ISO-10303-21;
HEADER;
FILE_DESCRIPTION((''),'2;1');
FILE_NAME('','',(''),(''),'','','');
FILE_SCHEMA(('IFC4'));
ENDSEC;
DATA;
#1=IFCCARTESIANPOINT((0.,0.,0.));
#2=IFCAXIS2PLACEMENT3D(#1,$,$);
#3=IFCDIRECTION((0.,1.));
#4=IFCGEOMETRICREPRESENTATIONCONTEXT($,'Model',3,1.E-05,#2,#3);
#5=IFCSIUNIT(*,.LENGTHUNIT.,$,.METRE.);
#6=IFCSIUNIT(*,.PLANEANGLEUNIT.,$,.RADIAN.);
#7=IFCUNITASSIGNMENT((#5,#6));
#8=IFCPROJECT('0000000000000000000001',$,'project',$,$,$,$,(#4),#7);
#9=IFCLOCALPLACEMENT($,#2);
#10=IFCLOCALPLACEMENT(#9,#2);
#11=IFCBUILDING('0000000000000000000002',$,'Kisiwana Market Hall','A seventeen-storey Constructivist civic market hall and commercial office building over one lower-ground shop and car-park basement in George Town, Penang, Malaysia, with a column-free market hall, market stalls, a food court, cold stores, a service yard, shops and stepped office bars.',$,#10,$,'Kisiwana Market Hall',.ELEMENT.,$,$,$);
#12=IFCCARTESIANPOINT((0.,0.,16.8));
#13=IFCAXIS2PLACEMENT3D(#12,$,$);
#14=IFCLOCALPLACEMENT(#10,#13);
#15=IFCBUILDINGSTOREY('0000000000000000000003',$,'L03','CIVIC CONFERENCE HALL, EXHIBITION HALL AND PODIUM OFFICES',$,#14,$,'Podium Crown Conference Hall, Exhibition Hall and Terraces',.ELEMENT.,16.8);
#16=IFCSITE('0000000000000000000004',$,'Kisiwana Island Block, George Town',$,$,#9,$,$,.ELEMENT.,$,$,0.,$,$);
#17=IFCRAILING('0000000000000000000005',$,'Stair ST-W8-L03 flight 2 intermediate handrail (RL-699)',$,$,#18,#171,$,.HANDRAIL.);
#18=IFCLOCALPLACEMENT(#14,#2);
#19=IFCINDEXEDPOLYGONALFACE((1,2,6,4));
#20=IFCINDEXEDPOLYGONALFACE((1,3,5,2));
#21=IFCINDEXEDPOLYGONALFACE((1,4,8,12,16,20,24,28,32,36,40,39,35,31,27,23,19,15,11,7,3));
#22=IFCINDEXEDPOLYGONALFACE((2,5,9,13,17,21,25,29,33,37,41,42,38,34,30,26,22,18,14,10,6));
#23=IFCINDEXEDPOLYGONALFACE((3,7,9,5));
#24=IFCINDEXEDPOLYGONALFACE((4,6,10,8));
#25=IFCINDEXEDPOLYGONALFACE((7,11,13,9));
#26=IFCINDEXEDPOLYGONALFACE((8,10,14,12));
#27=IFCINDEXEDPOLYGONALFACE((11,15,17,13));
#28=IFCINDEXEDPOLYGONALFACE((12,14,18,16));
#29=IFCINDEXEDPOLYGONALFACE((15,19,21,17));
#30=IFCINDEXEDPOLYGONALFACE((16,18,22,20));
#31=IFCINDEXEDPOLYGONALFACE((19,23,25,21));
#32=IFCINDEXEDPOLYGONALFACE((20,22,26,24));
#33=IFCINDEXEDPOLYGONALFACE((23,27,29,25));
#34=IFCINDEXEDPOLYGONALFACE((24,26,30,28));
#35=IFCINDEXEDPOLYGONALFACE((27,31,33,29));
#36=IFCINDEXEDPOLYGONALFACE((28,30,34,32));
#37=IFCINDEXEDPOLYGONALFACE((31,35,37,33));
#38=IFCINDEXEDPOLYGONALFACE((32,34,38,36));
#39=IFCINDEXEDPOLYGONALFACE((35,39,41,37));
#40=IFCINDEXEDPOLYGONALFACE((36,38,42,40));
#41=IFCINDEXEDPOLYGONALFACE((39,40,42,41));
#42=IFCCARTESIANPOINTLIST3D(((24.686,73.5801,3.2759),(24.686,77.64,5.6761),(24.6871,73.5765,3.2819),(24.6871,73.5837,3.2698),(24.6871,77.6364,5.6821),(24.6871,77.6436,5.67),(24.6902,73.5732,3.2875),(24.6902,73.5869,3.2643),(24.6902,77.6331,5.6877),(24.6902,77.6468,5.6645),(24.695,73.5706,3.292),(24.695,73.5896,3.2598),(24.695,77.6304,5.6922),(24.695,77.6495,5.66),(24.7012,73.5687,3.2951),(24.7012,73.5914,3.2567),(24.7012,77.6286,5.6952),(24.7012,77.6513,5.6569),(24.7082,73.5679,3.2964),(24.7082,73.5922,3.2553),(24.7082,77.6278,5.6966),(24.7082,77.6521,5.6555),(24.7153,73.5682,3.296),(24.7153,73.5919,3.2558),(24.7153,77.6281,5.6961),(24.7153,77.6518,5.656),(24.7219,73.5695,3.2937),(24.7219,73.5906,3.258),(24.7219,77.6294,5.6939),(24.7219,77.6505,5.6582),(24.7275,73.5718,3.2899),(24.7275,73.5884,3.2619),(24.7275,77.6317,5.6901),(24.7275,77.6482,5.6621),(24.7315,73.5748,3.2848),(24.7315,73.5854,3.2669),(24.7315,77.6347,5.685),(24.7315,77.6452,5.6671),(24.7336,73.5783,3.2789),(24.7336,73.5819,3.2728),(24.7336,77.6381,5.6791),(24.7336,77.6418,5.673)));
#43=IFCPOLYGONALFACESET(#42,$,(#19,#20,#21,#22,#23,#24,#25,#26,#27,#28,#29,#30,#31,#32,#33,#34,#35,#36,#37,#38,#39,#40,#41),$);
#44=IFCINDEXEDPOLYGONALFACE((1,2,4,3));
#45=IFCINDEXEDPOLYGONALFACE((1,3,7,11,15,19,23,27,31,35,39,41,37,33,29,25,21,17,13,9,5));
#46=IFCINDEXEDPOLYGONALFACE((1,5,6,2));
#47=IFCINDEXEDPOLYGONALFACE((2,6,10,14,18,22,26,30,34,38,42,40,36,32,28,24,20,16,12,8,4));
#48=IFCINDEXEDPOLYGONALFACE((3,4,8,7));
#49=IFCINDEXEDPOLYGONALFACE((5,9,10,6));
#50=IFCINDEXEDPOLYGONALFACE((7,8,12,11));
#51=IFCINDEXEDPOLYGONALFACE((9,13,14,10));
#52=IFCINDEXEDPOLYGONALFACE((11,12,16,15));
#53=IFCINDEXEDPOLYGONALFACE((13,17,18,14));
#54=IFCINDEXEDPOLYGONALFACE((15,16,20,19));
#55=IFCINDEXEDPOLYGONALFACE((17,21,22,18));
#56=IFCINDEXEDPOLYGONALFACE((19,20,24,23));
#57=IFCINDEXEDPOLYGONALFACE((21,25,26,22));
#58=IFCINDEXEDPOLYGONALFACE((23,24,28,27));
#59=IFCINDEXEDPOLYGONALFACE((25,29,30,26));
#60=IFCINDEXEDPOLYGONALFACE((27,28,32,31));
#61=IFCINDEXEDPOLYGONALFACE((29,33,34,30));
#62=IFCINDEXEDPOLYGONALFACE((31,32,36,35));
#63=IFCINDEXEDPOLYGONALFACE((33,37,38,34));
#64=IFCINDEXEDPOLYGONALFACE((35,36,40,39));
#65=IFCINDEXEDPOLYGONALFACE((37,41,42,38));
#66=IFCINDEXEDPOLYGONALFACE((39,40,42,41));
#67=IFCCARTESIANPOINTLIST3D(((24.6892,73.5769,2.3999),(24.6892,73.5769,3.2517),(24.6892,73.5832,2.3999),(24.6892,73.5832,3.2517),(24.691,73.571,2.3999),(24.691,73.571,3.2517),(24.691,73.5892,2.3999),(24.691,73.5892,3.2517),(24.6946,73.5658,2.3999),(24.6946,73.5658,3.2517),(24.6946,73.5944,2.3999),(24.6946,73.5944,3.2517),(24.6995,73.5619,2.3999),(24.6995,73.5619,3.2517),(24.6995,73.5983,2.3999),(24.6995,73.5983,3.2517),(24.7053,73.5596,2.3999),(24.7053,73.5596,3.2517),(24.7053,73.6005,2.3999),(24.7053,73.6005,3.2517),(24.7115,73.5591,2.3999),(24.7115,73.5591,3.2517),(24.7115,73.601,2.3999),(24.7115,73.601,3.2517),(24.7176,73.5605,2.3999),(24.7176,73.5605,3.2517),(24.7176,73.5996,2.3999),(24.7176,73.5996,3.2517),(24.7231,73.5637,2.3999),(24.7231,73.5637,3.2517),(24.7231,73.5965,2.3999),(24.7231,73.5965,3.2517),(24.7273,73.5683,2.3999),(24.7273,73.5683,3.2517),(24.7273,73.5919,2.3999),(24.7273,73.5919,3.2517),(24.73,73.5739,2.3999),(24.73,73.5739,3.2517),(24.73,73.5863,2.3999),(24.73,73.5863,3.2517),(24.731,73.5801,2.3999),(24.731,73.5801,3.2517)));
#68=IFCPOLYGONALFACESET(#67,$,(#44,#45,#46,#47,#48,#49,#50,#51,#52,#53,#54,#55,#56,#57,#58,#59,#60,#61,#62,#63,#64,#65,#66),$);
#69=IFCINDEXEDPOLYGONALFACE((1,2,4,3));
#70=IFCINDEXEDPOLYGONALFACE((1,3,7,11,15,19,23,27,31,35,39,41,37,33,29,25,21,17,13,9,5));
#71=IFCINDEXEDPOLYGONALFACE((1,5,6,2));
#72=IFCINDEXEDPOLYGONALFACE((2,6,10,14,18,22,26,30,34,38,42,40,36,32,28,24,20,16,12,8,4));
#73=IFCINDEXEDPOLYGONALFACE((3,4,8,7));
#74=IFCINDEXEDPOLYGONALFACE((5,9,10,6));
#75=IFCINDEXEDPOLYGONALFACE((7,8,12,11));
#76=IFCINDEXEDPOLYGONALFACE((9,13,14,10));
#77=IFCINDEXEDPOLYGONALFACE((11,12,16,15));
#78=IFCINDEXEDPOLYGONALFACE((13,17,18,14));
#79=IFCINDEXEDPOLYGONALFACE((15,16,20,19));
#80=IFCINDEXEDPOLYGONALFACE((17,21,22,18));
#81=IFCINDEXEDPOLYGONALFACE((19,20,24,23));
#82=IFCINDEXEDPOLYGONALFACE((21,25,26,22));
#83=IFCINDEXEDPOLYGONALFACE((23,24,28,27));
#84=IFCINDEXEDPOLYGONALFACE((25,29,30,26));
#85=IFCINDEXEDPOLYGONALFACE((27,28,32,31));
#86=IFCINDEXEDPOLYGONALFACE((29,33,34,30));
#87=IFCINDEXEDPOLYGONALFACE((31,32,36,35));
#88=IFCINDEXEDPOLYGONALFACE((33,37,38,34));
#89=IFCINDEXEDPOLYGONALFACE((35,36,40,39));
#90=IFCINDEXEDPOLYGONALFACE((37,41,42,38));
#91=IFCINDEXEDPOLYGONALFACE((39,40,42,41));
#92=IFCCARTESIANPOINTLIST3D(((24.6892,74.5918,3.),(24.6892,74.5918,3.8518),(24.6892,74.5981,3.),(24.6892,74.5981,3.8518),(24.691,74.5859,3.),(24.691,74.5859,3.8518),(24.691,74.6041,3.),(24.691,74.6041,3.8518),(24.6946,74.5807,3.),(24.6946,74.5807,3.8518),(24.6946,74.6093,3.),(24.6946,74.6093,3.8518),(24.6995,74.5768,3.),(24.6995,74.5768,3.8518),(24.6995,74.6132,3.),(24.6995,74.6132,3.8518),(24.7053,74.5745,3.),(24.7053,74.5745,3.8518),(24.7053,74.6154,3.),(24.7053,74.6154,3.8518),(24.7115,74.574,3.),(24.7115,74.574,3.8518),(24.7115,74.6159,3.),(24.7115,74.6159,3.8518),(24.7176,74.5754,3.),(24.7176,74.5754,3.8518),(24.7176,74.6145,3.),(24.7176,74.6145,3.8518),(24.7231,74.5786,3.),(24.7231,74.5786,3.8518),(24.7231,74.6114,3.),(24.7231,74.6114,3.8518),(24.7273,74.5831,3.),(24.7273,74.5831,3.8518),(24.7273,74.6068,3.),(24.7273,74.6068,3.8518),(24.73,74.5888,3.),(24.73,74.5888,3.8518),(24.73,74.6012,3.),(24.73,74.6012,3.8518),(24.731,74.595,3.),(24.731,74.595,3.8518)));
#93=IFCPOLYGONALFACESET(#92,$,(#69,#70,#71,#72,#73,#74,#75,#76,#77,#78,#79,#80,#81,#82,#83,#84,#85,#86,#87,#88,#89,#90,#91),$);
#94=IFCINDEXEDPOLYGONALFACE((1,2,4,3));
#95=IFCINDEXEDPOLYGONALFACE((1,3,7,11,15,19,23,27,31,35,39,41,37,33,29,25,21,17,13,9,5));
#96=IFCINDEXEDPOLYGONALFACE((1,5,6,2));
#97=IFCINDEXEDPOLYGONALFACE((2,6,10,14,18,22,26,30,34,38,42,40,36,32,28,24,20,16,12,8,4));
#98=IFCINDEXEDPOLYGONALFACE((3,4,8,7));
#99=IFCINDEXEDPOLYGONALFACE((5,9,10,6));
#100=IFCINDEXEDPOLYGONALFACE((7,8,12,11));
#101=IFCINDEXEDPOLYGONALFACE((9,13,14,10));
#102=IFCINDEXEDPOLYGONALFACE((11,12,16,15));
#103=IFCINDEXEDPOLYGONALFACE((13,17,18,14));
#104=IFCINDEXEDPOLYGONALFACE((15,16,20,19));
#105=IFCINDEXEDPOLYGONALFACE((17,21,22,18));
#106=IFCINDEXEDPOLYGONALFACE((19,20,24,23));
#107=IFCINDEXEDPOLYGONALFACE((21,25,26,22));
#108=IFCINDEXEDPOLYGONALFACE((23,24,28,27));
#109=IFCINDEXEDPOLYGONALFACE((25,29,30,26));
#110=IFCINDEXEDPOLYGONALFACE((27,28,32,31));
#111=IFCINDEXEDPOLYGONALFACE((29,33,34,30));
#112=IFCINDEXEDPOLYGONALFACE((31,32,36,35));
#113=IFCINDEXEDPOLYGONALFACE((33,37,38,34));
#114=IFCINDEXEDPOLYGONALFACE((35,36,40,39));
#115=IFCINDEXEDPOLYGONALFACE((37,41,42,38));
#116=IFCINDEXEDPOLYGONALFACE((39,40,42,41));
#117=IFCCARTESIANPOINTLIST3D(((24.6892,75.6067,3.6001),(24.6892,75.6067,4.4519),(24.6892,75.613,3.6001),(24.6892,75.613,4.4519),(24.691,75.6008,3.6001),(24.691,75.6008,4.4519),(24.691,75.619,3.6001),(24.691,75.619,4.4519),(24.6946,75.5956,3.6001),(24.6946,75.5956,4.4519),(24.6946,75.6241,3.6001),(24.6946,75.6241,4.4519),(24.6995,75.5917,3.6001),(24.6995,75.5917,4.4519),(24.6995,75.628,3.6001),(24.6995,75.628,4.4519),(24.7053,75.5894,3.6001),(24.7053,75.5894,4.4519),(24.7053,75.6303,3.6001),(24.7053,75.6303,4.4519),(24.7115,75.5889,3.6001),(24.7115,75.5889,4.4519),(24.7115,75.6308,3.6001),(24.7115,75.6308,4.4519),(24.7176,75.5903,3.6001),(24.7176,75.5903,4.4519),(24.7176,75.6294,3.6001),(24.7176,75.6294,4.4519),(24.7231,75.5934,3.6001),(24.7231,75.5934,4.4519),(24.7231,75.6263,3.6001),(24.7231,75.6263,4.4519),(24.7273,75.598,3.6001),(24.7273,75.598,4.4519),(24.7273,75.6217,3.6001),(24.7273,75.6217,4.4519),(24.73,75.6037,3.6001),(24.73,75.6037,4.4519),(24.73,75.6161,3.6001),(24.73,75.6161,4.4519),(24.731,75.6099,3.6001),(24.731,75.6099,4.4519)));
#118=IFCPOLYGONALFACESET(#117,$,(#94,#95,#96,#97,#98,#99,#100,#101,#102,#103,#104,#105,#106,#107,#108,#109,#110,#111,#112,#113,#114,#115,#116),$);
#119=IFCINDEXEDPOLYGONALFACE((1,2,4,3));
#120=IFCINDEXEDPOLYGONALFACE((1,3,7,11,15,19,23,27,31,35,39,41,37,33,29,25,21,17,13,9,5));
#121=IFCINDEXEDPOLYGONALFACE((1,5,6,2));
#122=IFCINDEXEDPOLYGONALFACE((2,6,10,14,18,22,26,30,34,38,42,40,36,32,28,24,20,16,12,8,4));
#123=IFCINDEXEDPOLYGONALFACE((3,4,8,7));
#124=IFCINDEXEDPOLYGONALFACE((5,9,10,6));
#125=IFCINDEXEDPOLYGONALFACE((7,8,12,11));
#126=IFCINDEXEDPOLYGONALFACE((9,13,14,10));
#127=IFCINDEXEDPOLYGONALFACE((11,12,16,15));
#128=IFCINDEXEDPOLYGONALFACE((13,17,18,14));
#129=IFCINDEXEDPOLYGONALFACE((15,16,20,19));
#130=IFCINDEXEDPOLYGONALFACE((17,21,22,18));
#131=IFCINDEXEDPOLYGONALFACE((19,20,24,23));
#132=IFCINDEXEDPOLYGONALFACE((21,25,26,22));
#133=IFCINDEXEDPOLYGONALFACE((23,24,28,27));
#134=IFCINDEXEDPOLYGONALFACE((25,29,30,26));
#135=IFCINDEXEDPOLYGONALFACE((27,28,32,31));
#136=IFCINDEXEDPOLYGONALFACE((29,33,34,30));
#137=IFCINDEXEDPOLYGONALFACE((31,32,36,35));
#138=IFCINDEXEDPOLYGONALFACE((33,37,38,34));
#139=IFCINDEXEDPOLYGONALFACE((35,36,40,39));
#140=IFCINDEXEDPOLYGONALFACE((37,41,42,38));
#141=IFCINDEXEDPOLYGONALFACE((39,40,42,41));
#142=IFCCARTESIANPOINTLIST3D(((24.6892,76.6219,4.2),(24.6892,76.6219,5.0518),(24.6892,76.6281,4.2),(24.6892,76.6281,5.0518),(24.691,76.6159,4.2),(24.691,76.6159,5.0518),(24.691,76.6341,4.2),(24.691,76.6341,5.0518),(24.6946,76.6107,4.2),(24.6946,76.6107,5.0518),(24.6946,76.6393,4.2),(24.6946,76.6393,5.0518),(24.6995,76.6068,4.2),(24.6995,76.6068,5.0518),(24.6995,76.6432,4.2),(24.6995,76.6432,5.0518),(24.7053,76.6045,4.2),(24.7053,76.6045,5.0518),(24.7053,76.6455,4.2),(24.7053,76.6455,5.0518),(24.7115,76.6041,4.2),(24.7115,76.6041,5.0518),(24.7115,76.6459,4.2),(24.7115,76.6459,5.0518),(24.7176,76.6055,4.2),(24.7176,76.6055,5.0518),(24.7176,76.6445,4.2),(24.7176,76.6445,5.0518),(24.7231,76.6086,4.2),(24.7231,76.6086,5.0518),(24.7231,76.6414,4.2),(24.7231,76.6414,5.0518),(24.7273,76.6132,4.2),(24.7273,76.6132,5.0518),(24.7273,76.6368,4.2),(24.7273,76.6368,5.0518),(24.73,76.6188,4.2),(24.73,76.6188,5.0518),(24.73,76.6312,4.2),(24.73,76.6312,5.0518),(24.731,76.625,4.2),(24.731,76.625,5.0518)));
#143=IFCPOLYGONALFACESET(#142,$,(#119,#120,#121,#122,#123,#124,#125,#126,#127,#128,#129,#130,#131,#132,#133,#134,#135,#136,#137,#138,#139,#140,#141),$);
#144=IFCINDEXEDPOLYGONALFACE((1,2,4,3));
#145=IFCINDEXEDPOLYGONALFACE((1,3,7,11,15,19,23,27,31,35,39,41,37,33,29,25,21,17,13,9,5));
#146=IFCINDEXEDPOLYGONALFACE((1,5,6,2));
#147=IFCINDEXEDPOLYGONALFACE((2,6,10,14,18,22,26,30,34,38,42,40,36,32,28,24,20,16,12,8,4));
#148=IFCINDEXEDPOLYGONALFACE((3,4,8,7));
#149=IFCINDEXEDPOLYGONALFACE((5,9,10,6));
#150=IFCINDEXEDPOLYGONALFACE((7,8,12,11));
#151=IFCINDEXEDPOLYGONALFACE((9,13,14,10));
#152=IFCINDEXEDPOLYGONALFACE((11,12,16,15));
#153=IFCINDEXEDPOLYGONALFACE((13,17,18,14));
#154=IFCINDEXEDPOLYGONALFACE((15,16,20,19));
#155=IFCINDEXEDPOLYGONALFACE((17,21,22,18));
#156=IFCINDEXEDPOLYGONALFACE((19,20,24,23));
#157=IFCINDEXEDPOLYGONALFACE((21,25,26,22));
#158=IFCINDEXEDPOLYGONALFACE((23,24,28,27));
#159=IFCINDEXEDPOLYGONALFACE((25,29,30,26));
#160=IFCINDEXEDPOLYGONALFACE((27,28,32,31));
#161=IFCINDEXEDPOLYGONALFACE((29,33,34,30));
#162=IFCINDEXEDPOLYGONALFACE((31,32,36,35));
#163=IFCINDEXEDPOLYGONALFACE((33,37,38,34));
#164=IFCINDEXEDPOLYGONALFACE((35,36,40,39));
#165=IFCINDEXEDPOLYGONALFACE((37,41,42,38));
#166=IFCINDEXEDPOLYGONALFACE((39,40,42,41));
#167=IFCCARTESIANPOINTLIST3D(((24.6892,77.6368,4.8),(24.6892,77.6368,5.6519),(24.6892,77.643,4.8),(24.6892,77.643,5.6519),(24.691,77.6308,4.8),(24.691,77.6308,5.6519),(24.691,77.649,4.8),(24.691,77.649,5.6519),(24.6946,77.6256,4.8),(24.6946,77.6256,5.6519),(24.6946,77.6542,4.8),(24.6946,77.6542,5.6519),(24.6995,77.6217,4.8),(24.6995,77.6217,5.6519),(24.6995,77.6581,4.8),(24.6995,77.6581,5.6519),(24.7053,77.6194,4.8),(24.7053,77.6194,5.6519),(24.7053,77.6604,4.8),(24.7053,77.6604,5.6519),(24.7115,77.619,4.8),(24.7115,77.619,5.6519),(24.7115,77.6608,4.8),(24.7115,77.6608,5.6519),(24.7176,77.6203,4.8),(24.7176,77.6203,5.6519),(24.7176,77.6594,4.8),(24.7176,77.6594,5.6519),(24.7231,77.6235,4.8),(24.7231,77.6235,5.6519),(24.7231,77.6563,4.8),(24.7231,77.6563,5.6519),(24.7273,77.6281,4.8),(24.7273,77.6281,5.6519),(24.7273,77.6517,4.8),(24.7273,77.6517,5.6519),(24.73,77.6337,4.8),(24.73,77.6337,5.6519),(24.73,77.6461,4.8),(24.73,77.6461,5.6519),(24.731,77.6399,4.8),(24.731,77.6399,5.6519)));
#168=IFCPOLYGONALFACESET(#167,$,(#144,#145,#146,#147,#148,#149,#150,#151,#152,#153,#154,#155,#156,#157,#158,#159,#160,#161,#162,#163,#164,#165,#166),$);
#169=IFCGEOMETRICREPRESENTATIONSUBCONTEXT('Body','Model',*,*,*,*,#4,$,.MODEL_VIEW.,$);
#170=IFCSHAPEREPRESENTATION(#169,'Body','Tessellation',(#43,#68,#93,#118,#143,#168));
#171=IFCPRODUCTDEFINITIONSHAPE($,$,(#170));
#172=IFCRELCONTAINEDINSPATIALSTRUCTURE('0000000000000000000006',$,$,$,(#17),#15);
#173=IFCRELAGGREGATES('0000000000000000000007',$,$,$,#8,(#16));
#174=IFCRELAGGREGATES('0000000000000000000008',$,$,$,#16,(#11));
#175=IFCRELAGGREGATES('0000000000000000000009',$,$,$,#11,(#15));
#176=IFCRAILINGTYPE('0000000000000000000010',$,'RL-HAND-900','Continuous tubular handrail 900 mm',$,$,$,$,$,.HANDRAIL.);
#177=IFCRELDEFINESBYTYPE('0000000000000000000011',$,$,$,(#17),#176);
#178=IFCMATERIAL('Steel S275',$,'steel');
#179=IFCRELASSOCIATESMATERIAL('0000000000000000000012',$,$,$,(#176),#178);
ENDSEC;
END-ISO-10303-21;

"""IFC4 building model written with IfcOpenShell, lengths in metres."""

from ifc_helpers import new_model, si_unit, direction, frame, origin, origin_2d, place, context, subcontext, project, spatial, circle, extrude, material, type_object, element, save


model = new_model("IFC4")

# Units and contexts
model_context = context("Model", 3, precision=1e-05, world=origin(), true_north=direction((0.0, 1.0)))
body_context = subcontext(model_context, "Body", "Model", "MODEL_VIEW")
ifc_project = project(units=[si_unit("LENGTHUNIT", "METRE"), si_unit("PLANEANGLEUNIT", "RADIAN")], contexts=[model_context])

# Site, building, storey
site_placement = place(None, origin())
site = spatial("IfcSite", under=ifc_project, at=site_placement, Name="Kisiwana Island Block, George Town", CompositionType="ELEMENT", RefElevation=0.0)
building_placement = place(site_placement, origin())
building = spatial("IfcBuilding", under=site, at=building_placement, Name="Kisiwana Market Hall", Description="A seventeen-storey Constructivist civic market hall and commercial office building over one lower-ground shop and car-park basement in George Town, Penang, Malaysia, with a column-free market hall, market stalls, a food court, cold stores, a service yard, shops and stepped office bars.", LongName="Kisiwana Market Hall", CompositionType="ELEMENT")
storey_placement = place(building_placement, frame((0.0, 0.0, 16.8)))
storey = spatial("IfcBuildingStorey", under=building, at=storey_placement, Name="L03", Description="CIVIC CONFERENCE HALL, EXHIBITION HALL AND PODIUM OFFICES", LongName="Podium Crown Conference Hall, Exhibition Hall and Terraces", CompositionType="ELEMENT", Elevation=16.8)

# Railing
ifc_material_1 = material(Name="Steel S275", Category="steel")
railing_type_1 = type_object("IfcRailingType", Name="RL-HAND-900", Description="Continuous tubular handrail 900 mm", PredefinedType="HANDRAIL", material=ifc_material_1)
railing_1_placement = place(storey_placement, frame((24.71, 73.5801, 2.3999)))
element("IfcRailing", 1, at=railing_1_placement, inside=storey, type_object=railing_type_1, Name="Stair ST-W8-L03 flight 2 intermediate handrail (RL-699)", PredefinedType="HANDRAIL", context=body_context, shape_type="SweptSolid", body=[
    extrude(circle(Radius=0.0239, at=origin_2d()), frame((0.0, 0.0, 0.876), z_axis=(0.0, 0.860818, 0.508912), x_axis=(-1.0, 0.0, 0.0)), (0.0, 0.0, 1.0), 4.7163),
    extrude(circle(Radius=0.021, at=origin_2d()), origin(), (0.0, 0.0, 1.0), 0.8518),
    extrude(circle(Radius=0.021, at=origin_2d()), frame((0.0, 1.0149, 0.6001)), (0.0, 0.0, 1.0), 0.8518),
    extrude(circle(Radius=0.021, at=origin_2d()), frame((0.0, 2.0298, 1.2002)), (0.0, 0.0, 1.0), 0.8518),
    extrude(circle(Radius=0.021, at=origin_2d()), frame((0.0, 3.0449, 1.8)), (0.0, 0.0, 1.0), 0.8518),
    extrude(circle(Radius=0.021, at=origin_2d()), frame((0.0, 4.0598, 2.4001)), (0.0, 0.0, 1.0), 0.8518),
])

save(model, "model.ifc")
